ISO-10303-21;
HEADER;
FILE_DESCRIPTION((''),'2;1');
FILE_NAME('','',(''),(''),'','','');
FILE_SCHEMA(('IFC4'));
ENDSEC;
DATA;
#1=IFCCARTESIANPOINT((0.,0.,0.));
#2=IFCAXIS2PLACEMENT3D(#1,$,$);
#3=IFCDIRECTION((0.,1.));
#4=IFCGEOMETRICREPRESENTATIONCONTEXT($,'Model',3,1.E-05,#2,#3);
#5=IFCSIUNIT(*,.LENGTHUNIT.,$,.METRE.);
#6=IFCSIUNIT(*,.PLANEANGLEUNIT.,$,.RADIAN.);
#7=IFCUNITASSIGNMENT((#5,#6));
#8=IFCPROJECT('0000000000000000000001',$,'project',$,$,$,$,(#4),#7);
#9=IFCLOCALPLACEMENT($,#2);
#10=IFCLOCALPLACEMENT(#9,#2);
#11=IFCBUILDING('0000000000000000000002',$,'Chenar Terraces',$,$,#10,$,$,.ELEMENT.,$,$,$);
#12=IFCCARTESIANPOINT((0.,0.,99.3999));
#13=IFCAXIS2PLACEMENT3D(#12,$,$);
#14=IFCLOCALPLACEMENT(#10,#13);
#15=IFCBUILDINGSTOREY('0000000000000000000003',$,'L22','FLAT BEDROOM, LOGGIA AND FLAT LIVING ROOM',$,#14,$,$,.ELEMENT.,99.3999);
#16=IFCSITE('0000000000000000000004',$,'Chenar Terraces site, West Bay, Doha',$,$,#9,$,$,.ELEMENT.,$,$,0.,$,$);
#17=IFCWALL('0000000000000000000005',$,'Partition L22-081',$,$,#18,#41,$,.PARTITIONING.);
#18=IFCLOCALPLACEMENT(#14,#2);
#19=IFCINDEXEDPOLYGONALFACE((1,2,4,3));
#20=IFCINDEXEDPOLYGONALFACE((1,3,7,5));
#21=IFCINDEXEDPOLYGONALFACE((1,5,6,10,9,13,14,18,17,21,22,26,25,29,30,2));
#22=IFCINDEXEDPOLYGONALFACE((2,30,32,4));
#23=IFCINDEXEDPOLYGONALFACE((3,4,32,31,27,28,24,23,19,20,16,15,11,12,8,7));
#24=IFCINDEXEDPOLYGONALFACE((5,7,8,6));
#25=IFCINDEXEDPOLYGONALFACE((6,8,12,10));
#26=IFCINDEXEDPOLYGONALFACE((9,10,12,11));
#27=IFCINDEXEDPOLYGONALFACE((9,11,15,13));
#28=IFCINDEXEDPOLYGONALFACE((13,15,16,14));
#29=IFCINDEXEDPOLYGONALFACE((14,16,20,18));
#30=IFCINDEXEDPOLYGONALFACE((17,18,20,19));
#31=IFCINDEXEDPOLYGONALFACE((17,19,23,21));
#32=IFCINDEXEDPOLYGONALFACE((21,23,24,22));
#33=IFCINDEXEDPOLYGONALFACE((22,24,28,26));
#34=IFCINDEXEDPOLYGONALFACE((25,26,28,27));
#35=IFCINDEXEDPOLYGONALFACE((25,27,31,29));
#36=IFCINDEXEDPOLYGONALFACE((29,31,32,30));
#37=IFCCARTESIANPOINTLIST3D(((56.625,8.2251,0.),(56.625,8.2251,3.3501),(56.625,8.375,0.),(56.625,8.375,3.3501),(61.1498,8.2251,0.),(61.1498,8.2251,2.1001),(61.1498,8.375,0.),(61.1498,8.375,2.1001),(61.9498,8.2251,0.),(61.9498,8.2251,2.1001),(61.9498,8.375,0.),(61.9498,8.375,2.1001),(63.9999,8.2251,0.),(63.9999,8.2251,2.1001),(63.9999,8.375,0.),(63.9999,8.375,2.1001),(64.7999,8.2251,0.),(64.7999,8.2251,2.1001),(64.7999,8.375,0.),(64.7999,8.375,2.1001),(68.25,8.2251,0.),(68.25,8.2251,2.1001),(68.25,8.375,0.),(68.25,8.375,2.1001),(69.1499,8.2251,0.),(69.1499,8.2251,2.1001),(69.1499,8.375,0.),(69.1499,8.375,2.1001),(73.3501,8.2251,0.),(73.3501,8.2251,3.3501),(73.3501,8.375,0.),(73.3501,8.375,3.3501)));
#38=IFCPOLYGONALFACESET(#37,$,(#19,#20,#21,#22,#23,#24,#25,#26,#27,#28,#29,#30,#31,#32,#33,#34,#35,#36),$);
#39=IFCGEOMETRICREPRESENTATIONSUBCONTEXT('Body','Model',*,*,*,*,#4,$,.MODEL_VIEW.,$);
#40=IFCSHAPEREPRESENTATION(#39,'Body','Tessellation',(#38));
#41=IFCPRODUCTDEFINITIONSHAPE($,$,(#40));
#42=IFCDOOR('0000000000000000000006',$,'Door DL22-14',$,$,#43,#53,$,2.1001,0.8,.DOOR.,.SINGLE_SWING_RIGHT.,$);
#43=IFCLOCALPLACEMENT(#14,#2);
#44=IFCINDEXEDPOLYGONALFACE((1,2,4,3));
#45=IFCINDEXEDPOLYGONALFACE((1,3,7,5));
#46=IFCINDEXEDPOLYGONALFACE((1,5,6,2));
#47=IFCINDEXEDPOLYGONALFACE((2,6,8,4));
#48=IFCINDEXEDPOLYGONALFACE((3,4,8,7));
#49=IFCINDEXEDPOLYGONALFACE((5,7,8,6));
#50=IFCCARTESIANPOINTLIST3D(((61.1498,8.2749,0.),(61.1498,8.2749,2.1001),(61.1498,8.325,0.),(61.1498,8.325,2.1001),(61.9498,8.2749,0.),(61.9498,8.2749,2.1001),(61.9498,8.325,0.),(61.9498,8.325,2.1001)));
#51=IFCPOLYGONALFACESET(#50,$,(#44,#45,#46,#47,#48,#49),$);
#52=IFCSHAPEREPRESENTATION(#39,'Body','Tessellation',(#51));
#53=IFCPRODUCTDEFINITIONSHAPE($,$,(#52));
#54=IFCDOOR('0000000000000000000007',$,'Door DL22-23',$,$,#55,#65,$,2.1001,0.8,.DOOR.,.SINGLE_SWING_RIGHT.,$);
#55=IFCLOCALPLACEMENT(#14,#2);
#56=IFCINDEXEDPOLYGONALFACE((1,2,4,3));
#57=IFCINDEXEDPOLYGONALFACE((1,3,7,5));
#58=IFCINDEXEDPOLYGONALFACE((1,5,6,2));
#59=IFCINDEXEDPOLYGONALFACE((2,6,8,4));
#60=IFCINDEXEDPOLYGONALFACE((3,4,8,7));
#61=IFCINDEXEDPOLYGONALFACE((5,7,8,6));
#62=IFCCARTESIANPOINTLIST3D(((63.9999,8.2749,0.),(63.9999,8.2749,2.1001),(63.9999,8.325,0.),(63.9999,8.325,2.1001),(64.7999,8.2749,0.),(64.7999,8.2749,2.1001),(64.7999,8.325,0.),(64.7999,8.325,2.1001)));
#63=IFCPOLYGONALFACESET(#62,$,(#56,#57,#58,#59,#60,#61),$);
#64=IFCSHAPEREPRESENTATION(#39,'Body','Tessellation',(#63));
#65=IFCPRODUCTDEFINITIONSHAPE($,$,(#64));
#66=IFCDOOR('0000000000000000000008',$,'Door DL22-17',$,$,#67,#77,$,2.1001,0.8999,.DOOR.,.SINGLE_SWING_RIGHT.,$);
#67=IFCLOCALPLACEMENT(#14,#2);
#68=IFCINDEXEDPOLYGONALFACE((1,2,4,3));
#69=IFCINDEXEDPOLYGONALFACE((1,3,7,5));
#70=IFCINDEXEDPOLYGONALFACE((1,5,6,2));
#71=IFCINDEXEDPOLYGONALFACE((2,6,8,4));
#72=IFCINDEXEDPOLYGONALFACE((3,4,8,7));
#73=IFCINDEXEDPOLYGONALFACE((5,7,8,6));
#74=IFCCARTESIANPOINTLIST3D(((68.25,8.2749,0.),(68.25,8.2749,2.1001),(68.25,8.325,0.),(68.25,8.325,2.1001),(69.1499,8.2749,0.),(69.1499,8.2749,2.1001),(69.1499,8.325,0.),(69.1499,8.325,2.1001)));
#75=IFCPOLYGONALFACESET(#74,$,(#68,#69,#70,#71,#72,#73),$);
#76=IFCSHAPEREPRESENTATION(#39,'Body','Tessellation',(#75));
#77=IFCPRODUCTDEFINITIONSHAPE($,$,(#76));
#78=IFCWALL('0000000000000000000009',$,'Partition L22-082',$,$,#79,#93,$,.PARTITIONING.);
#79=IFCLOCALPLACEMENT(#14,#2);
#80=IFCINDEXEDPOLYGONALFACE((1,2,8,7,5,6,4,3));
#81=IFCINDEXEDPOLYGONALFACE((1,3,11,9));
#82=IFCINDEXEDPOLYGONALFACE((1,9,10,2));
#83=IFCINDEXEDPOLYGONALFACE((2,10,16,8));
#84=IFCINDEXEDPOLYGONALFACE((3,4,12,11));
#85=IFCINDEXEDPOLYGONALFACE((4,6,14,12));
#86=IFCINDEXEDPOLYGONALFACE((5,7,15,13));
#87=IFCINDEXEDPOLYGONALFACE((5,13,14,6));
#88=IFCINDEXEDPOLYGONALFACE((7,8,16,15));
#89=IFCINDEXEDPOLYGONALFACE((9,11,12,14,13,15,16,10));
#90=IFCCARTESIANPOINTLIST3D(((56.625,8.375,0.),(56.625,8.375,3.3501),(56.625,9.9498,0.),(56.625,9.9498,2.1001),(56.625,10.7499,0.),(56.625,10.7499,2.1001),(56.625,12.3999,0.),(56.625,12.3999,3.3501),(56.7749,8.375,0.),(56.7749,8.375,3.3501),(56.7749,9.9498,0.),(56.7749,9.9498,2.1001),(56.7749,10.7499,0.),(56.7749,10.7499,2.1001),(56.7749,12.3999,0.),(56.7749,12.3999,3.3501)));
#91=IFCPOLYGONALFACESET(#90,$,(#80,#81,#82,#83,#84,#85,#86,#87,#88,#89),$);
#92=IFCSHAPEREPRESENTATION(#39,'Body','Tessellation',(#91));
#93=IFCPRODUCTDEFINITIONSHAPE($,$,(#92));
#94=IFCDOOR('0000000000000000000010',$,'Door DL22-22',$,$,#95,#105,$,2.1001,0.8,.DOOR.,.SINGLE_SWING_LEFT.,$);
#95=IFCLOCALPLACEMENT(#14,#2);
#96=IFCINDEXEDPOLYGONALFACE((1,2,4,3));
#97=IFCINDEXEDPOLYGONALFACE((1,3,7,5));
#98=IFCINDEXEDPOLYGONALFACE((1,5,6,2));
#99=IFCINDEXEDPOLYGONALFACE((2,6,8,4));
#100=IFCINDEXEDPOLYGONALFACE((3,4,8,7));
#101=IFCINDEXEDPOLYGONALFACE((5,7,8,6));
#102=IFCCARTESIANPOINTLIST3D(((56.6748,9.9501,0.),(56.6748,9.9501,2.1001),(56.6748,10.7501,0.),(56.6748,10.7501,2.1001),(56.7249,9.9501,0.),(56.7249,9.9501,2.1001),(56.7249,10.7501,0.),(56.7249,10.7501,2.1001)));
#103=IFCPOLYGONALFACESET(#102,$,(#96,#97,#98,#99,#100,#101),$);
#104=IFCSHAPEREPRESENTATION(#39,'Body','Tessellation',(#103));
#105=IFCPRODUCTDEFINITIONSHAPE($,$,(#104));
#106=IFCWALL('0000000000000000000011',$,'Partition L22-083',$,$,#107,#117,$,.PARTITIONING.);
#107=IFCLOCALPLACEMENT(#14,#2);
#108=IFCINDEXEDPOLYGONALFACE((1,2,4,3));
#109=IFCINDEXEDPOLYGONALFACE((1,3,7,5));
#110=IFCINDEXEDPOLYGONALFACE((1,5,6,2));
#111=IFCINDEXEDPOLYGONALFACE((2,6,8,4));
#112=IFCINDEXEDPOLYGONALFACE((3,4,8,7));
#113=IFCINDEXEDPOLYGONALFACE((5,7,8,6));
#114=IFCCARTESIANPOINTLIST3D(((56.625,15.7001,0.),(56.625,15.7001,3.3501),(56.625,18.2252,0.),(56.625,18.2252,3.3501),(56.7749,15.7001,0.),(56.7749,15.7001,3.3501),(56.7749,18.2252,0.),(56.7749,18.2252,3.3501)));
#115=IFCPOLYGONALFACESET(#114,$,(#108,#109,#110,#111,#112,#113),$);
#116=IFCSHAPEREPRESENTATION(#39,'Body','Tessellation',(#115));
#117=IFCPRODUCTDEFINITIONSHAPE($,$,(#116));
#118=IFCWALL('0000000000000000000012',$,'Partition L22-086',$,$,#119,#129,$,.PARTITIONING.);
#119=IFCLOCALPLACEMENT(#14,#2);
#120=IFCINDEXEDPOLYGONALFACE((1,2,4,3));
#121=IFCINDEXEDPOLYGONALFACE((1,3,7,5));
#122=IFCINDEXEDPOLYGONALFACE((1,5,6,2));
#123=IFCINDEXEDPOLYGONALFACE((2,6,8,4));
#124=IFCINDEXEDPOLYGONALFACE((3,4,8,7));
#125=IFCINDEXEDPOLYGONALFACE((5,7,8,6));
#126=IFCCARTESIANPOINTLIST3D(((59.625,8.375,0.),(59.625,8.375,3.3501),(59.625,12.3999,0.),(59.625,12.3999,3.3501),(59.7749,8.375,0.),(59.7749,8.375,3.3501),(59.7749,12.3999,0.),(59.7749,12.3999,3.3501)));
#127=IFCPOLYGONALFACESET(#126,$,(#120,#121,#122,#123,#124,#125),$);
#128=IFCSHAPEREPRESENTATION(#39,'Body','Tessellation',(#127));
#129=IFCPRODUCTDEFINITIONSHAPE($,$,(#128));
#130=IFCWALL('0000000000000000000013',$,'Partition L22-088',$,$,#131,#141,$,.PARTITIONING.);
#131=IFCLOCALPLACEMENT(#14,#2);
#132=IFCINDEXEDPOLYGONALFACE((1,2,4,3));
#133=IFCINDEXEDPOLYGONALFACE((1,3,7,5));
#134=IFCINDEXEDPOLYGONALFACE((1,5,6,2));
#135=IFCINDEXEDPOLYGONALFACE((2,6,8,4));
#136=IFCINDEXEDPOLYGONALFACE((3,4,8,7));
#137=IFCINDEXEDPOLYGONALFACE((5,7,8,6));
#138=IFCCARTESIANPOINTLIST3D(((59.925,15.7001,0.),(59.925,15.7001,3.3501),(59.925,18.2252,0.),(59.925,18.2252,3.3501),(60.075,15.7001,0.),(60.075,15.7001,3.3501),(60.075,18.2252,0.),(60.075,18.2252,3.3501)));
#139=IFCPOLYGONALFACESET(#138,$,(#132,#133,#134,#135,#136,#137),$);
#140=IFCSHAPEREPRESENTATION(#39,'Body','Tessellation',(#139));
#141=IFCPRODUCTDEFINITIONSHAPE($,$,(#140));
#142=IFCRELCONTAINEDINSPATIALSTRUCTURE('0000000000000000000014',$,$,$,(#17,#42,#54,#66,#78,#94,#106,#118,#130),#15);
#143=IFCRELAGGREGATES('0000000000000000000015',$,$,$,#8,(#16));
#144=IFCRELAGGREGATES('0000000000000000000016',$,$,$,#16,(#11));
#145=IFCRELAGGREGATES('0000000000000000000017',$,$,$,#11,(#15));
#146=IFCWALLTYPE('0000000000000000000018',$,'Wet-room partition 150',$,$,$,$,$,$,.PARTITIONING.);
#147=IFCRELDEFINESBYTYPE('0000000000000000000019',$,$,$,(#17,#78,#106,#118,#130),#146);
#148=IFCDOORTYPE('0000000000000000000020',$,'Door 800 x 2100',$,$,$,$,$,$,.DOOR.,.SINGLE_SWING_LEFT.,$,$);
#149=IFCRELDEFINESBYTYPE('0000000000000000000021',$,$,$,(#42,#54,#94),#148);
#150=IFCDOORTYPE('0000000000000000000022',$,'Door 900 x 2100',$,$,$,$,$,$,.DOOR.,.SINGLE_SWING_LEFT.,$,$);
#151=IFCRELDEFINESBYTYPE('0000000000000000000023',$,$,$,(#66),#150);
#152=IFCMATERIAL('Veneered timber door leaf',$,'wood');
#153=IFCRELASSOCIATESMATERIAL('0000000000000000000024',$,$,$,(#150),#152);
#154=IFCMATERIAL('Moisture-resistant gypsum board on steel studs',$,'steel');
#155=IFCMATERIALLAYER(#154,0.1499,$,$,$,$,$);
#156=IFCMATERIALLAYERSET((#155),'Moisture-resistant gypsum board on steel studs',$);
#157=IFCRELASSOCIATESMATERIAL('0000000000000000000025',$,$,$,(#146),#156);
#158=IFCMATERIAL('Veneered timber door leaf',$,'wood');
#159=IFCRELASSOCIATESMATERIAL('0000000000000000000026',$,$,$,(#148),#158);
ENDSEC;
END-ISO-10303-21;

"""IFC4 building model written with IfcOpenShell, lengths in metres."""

from ifc_helpers import new_model, si_unit, direction, frame, frame_2d, origin, place, context, subcontext, project, spatial, rectangle, extrude, material, layer, layer_set, type_object, element, fill, save


model = new_model("IFC4")

# Units and contexts
model_context = context("Model", 3, precision=1e-05, world=origin(), true_north=direction((0.0, 1.0)))
body_context = subcontext(model_context, "Body", "Model", "MODEL_VIEW")
ifc_project = project(units=[si_unit("LENGTHUNIT", "METRE"), si_unit("PLANEANGLEUNIT", "RADIAN")], contexts=[model_context])

# Site, building, storey
site_placement = place(None, origin())
site = spatial("IfcSite", under=ifc_project, at=site_placement, Name="Chenar Terraces site, West Bay, Doha", CompositionType="ELEMENT", RefElevation=0.0)
building_placement = place(site_placement, origin())
building = spatial("IfcBuilding", under=site, at=building_placement, Name="Chenar Terraces", CompositionType="ELEMENT")
storey_placement = place(building_placement, frame((0.0, 0.0, 99.3999)))
storey = spatial("IfcBuildingStorey", under=building, at=storey_placement, Name="L22", Description="FLAT BEDROOM, LOGGIA AND FLAT LIVING ROOM", CompositionType="ELEMENT", Elevation=99.3999)

# Shared definitions
ifc_material_1 = material(Name="Veneered timber door leaf", Category="wood")
door_type_1 = type_object("IfcDoorType", Name="Door 900 x 2100", OperationType="SINGLE_SWING_LEFT", PredefinedType="DOOR", material=ifc_material_1)

# Shared definitions
ifc_material_2 = material(Name="Moisture-resistant gypsum board on steel studs", Category="steel")
ifc_layer_1 = layer(ifc_material_2, 0.1499)
ifc_layer_set_1 = layer_set([ifc_layer_1], Name="Moisture-resistant gypsum board on steel studs")
wall_type_1 = type_object("IfcWallType", Name="Wet-room partition 150", PredefinedType="PARTITIONING", material=ifc_layer_set_1)

# Wall, openings, doors
wall_1_placement = place(storey_placement, frame((56.625, 8.3, 0.0), z_axis=(0.0, 0.0, 1.0), x_axis=(1.0, 0.0, 0.0)))
wall_1 = element("IfcWall", 1, at=wall_1_placement, inside=storey, type_object=wall_type_1, Name="Partition L22-081", PredefinedType="PARTITIONING", context=body_context, shape_type="SweptSolid", body=[
    extrude(rectangle(XDim=16.7251, YDim=0.1499, at=frame_2d((8.3625, 0.0))), origin(), (0.0, 0.0, 1.0), 3.3501),
])
opening_1_placement = place(wall_1_placement, frame((4.5249, 0.0, 0.0)))
opening_1 = element("IfcOpeningElement", 2, at=opening_1_placement, cuts=wall_1, PredefinedType="OPENING", context=body_context, shape_type="SweptSolid", body=[
    extrude(rectangle(XDim=0.8, YDim=2.1001, at=frame_2d((0.3999, 1.05))), frame((0.0, 0.085, 0.0), z_axis=(0.0, -1.0, 0.0), x_axis=(1.0, 0.0, 0.0)), (0.0, 0.0, 1.0), 0.1699),
])
opening_2_placement = place(wall_1_placement, frame((11.625, 0.0, 0.0)))
opening_2 = element("IfcOpeningElement", 3, at=opening_2_placement, cuts=wall_1, PredefinedType="OPENING", context=body_context, shape_type="SweptSolid", body=[
    extrude(rectangle(XDim=0.8999, YDim=2.1001, at=frame_2d((0.45, 1.05))), frame((0.0, 0.085, 0.0), z_axis=(0.0, -1.0, 0.0), x_axis=(1.0, 0.0, 0.0)), (0.0, 0.0, 1.0), 0.1699),
])
opening_3_placement = place(wall_1_placement, frame((7.375, 0.0, 0.0)))
opening_3 = element("IfcOpeningElement", 4, at=opening_3_placement, cuts=wall_1, PredefinedType="OPENING", context=body_context, shape_type="SweptSolid", body=[
    extrude(rectangle(XDim=0.8, YDim=2.1001, at=frame_2d((0.3999, 1.05))), frame((0.0, 0.085, 0.0), z_axis=(0.0, -1.0, 0.0), x_axis=(1.0, 0.0, 0.0)), (0.0, 0.0, 1.0), 0.1699),
])
ifc_material_3 = material(Name="Veneered timber door leaf", Category="wood")
door_type_2 = type_object("IfcDoorType", Name="Door 800 x 2100", OperationType="SINGLE_SWING_LEFT", PredefinedType="DOOR", material=ifc_material_3)
door_1_placement = place(opening_1_placement, origin())
door_1 = element("IfcDoor", 5, at=door_1_placement, inside=storey, type_object=door_type_2, Name="Door DL22-14", OperationType="SINGLE_SWING_RIGHT", OverallHeight=2.1001, OverallWidth=0.8, PredefinedType="DOOR", context=body_context, shape_type="SweptSolid", body=[
    extrude(rectangle(XDim=0.8, YDim=2.1001, at=frame_2d((0.3999, 1.05))), frame((0.0, 0.0249, 0.0), z_axis=(0.0, -1.0, 0.0), x_axis=(1.0, 0.0, 0.0)), (0.0, 0.0, 1.0), 0.05),
])
fill(opening_1, door_1)
door_2_placement = place(opening_3_placement, origin())
door_2 = element("IfcDoor", 6, at=door_2_placement, inside=storey, type_object=door_type_2, Name="Door DL22-23", OperationType="SINGLE_SWING_RIGHT", OverallHeight=2.1001, OverallWidth=0.8, PredefinedType="DOOR", context=body_context, shape_type="SweptSolid", body=[
    extrude(rectangle(XDim=0.8, YDim=2.1001, at=frame_2d((0.3999, 1.05))), frame((0.0, 0.0249, 0.0), z_axis=(0.0, -1.0, 0.0), x_axis=(1.0, 0.0, 0.0)), (0.0, 0.0, 1.0), 0.05),
])
fill(opening_3, door_2)
door_3_placement = place(opening_2_placement, origin())
door_3 = element("IfcDoor", 7, at=door_3_placement, inside=storey, type_object=door_type_1, Name="Door DL22-17", OperationType="SINGLE_SWING_RIGHT", OverallHeight=2.1001, OverallWidth=0.8999, PredefinedType="DOOR", context=body_context, shape_type="SweptSolid", body=[
    extrude(rectangle(XDim=0.8999, YDim=2.1001, at=frame_2d((0.45, 1.05))), frame((0.0, 0.0249, 0.0), z_axis=(0.0, -1.0, 0.0), x_axis=(1.0, 0.0, 0.0)), (0.0, 0.0, 1.0), 0.05),
])
fill(opening_2, door_3)

# Wall, opening, door
wall_2_placement = place(storey_placement, frame((56.7, 8.375, 0.0), z_axis=(0.0, 0.0, 1.0), x_axis=(0.0, 1.0, 0.0)))
wall_2 = element("IfcWall", 8, at=wall_2_placement, inside=storey, type_object=wall_type_1, Name="Partition L22-082", PredefinedType="PARTITIONING", context=body_context, shape_type="SweptSolid", body=[
    extrude(rectangle(XDim=4.0249, YDim=0.1499, at=frame_2d((2.0125, 0.0))), origin(), (0.0, 0.0, 1.0), 3.3501),
])
opening_4_placement = place(wall_2_placement, frame((1.575, 0.0, 0.0)))
opening_4 = element("IfcOpeningElement", 9, at=opening_4_placement, cuts=wall_2, PredefinedType="OPENING", context=body_context, shape_type="SweptSolid", body=[
    extrude(rectangle(XDim=0.8, YDim=2.1001, at=frame_2d((0.3999, 1.05))), frame((0.0, 0.085, 0.0), z_axis=(0.0, -1.0, 0.0), x_axis=(1.0, 0.0, 0.0)), (0.0, 0.0, 1.0), 0.1699),
])
door_4_placement = place(opening_4_placement, frame((0.8, 0.0, 0.0), z_axis=(0.0, 0.0, 1.0), x_axis=(-1.0, 0.0, 0.0)))
door_4 = element("IfcDoor", 10, at=door_4_placement, inside=storey, type_object=door_type_2, Name="Door DL22-22", OperationType="SINGLE_SWING_LEFT", OverallHeight=2.1001, OverallWidth=0.8, PredefinedType="DOOR", context=body_context, shape_type="SweptSolid", body=[
    extrude(rectangle(XDim=0.8, YDim=2.1001, at=frame_2d((0.3999, 1.05))), frame((0.0, 0.0249, 0.0), z_axis=(0.0, -1.0, 0.0), x_axis=(1.0, 0.0, 0.0)), (0.0, 0.0, 1.0), 0.05),
])
fill(opening_4, door_4)

# Walls
wall_3_placement = place(storey_placement, frame((56.7, 15.7, 0.0), z_axis=(0.0, 0.0, 1.0), x_axis=(0.0, 1.0, 0.0)))
element("IfcWall", 11, at=wall_3_placement, inside=storey, type_object=wall_type_1, Name="Partition L22-083", PredefinedType="PARTITIONING", context=body_context, shape_type="SweptSolid", body=[
    extrude(rectangle(XDim=2.5251, YDim=0.1499, at=frame_2d((1.2627, 0.0))), origin(), (0.0, 0.0, 1.0), 3.3501),
])
wall_4_placement = place(storey_placement, frame((59.7, 8.375, 0.0), z_axis=(0.0, 0.0, 1.0), x_axis=(0.0, 1.0, 0.0)))
element("IfcWall", 12, at=wall_4_placement, inside=storey, type_object=wall_type_1, Name="Partition L22-086", PredefinedType="PARTITIONING", context=body_context, shape_type="SweptSolid", body=[
    extrude(rectangle(XDim=4.0249, YDim=0.1499, at=frame_2d((2.0125, 0.0))), origin(), (0.0, 0.0, 1.0), 3.3501),
])
wall_5_placement = place(storey_placement, frame((60.0, 15.7, 0.0), z_axis=(0.0, 0.0, 1.0), x_axis=(0.0, 1.0, 0.0)))
element("IfcWall", 13, at=wall_5_placement, inside=storey, type_object=wall_type_1, Name="Partition L22-088", PredefinedType="PARTITIONING", context=body_context, shape_type="SweptSolid", body=[
    extrude(rectangle(XDim=2.5251, YDim=0.1499, at=frame_2d((1.2627, 0.0))), origin(), (0.0, 0.0, 1.0), 3.3501),
])

save(model, "model.ifc")
